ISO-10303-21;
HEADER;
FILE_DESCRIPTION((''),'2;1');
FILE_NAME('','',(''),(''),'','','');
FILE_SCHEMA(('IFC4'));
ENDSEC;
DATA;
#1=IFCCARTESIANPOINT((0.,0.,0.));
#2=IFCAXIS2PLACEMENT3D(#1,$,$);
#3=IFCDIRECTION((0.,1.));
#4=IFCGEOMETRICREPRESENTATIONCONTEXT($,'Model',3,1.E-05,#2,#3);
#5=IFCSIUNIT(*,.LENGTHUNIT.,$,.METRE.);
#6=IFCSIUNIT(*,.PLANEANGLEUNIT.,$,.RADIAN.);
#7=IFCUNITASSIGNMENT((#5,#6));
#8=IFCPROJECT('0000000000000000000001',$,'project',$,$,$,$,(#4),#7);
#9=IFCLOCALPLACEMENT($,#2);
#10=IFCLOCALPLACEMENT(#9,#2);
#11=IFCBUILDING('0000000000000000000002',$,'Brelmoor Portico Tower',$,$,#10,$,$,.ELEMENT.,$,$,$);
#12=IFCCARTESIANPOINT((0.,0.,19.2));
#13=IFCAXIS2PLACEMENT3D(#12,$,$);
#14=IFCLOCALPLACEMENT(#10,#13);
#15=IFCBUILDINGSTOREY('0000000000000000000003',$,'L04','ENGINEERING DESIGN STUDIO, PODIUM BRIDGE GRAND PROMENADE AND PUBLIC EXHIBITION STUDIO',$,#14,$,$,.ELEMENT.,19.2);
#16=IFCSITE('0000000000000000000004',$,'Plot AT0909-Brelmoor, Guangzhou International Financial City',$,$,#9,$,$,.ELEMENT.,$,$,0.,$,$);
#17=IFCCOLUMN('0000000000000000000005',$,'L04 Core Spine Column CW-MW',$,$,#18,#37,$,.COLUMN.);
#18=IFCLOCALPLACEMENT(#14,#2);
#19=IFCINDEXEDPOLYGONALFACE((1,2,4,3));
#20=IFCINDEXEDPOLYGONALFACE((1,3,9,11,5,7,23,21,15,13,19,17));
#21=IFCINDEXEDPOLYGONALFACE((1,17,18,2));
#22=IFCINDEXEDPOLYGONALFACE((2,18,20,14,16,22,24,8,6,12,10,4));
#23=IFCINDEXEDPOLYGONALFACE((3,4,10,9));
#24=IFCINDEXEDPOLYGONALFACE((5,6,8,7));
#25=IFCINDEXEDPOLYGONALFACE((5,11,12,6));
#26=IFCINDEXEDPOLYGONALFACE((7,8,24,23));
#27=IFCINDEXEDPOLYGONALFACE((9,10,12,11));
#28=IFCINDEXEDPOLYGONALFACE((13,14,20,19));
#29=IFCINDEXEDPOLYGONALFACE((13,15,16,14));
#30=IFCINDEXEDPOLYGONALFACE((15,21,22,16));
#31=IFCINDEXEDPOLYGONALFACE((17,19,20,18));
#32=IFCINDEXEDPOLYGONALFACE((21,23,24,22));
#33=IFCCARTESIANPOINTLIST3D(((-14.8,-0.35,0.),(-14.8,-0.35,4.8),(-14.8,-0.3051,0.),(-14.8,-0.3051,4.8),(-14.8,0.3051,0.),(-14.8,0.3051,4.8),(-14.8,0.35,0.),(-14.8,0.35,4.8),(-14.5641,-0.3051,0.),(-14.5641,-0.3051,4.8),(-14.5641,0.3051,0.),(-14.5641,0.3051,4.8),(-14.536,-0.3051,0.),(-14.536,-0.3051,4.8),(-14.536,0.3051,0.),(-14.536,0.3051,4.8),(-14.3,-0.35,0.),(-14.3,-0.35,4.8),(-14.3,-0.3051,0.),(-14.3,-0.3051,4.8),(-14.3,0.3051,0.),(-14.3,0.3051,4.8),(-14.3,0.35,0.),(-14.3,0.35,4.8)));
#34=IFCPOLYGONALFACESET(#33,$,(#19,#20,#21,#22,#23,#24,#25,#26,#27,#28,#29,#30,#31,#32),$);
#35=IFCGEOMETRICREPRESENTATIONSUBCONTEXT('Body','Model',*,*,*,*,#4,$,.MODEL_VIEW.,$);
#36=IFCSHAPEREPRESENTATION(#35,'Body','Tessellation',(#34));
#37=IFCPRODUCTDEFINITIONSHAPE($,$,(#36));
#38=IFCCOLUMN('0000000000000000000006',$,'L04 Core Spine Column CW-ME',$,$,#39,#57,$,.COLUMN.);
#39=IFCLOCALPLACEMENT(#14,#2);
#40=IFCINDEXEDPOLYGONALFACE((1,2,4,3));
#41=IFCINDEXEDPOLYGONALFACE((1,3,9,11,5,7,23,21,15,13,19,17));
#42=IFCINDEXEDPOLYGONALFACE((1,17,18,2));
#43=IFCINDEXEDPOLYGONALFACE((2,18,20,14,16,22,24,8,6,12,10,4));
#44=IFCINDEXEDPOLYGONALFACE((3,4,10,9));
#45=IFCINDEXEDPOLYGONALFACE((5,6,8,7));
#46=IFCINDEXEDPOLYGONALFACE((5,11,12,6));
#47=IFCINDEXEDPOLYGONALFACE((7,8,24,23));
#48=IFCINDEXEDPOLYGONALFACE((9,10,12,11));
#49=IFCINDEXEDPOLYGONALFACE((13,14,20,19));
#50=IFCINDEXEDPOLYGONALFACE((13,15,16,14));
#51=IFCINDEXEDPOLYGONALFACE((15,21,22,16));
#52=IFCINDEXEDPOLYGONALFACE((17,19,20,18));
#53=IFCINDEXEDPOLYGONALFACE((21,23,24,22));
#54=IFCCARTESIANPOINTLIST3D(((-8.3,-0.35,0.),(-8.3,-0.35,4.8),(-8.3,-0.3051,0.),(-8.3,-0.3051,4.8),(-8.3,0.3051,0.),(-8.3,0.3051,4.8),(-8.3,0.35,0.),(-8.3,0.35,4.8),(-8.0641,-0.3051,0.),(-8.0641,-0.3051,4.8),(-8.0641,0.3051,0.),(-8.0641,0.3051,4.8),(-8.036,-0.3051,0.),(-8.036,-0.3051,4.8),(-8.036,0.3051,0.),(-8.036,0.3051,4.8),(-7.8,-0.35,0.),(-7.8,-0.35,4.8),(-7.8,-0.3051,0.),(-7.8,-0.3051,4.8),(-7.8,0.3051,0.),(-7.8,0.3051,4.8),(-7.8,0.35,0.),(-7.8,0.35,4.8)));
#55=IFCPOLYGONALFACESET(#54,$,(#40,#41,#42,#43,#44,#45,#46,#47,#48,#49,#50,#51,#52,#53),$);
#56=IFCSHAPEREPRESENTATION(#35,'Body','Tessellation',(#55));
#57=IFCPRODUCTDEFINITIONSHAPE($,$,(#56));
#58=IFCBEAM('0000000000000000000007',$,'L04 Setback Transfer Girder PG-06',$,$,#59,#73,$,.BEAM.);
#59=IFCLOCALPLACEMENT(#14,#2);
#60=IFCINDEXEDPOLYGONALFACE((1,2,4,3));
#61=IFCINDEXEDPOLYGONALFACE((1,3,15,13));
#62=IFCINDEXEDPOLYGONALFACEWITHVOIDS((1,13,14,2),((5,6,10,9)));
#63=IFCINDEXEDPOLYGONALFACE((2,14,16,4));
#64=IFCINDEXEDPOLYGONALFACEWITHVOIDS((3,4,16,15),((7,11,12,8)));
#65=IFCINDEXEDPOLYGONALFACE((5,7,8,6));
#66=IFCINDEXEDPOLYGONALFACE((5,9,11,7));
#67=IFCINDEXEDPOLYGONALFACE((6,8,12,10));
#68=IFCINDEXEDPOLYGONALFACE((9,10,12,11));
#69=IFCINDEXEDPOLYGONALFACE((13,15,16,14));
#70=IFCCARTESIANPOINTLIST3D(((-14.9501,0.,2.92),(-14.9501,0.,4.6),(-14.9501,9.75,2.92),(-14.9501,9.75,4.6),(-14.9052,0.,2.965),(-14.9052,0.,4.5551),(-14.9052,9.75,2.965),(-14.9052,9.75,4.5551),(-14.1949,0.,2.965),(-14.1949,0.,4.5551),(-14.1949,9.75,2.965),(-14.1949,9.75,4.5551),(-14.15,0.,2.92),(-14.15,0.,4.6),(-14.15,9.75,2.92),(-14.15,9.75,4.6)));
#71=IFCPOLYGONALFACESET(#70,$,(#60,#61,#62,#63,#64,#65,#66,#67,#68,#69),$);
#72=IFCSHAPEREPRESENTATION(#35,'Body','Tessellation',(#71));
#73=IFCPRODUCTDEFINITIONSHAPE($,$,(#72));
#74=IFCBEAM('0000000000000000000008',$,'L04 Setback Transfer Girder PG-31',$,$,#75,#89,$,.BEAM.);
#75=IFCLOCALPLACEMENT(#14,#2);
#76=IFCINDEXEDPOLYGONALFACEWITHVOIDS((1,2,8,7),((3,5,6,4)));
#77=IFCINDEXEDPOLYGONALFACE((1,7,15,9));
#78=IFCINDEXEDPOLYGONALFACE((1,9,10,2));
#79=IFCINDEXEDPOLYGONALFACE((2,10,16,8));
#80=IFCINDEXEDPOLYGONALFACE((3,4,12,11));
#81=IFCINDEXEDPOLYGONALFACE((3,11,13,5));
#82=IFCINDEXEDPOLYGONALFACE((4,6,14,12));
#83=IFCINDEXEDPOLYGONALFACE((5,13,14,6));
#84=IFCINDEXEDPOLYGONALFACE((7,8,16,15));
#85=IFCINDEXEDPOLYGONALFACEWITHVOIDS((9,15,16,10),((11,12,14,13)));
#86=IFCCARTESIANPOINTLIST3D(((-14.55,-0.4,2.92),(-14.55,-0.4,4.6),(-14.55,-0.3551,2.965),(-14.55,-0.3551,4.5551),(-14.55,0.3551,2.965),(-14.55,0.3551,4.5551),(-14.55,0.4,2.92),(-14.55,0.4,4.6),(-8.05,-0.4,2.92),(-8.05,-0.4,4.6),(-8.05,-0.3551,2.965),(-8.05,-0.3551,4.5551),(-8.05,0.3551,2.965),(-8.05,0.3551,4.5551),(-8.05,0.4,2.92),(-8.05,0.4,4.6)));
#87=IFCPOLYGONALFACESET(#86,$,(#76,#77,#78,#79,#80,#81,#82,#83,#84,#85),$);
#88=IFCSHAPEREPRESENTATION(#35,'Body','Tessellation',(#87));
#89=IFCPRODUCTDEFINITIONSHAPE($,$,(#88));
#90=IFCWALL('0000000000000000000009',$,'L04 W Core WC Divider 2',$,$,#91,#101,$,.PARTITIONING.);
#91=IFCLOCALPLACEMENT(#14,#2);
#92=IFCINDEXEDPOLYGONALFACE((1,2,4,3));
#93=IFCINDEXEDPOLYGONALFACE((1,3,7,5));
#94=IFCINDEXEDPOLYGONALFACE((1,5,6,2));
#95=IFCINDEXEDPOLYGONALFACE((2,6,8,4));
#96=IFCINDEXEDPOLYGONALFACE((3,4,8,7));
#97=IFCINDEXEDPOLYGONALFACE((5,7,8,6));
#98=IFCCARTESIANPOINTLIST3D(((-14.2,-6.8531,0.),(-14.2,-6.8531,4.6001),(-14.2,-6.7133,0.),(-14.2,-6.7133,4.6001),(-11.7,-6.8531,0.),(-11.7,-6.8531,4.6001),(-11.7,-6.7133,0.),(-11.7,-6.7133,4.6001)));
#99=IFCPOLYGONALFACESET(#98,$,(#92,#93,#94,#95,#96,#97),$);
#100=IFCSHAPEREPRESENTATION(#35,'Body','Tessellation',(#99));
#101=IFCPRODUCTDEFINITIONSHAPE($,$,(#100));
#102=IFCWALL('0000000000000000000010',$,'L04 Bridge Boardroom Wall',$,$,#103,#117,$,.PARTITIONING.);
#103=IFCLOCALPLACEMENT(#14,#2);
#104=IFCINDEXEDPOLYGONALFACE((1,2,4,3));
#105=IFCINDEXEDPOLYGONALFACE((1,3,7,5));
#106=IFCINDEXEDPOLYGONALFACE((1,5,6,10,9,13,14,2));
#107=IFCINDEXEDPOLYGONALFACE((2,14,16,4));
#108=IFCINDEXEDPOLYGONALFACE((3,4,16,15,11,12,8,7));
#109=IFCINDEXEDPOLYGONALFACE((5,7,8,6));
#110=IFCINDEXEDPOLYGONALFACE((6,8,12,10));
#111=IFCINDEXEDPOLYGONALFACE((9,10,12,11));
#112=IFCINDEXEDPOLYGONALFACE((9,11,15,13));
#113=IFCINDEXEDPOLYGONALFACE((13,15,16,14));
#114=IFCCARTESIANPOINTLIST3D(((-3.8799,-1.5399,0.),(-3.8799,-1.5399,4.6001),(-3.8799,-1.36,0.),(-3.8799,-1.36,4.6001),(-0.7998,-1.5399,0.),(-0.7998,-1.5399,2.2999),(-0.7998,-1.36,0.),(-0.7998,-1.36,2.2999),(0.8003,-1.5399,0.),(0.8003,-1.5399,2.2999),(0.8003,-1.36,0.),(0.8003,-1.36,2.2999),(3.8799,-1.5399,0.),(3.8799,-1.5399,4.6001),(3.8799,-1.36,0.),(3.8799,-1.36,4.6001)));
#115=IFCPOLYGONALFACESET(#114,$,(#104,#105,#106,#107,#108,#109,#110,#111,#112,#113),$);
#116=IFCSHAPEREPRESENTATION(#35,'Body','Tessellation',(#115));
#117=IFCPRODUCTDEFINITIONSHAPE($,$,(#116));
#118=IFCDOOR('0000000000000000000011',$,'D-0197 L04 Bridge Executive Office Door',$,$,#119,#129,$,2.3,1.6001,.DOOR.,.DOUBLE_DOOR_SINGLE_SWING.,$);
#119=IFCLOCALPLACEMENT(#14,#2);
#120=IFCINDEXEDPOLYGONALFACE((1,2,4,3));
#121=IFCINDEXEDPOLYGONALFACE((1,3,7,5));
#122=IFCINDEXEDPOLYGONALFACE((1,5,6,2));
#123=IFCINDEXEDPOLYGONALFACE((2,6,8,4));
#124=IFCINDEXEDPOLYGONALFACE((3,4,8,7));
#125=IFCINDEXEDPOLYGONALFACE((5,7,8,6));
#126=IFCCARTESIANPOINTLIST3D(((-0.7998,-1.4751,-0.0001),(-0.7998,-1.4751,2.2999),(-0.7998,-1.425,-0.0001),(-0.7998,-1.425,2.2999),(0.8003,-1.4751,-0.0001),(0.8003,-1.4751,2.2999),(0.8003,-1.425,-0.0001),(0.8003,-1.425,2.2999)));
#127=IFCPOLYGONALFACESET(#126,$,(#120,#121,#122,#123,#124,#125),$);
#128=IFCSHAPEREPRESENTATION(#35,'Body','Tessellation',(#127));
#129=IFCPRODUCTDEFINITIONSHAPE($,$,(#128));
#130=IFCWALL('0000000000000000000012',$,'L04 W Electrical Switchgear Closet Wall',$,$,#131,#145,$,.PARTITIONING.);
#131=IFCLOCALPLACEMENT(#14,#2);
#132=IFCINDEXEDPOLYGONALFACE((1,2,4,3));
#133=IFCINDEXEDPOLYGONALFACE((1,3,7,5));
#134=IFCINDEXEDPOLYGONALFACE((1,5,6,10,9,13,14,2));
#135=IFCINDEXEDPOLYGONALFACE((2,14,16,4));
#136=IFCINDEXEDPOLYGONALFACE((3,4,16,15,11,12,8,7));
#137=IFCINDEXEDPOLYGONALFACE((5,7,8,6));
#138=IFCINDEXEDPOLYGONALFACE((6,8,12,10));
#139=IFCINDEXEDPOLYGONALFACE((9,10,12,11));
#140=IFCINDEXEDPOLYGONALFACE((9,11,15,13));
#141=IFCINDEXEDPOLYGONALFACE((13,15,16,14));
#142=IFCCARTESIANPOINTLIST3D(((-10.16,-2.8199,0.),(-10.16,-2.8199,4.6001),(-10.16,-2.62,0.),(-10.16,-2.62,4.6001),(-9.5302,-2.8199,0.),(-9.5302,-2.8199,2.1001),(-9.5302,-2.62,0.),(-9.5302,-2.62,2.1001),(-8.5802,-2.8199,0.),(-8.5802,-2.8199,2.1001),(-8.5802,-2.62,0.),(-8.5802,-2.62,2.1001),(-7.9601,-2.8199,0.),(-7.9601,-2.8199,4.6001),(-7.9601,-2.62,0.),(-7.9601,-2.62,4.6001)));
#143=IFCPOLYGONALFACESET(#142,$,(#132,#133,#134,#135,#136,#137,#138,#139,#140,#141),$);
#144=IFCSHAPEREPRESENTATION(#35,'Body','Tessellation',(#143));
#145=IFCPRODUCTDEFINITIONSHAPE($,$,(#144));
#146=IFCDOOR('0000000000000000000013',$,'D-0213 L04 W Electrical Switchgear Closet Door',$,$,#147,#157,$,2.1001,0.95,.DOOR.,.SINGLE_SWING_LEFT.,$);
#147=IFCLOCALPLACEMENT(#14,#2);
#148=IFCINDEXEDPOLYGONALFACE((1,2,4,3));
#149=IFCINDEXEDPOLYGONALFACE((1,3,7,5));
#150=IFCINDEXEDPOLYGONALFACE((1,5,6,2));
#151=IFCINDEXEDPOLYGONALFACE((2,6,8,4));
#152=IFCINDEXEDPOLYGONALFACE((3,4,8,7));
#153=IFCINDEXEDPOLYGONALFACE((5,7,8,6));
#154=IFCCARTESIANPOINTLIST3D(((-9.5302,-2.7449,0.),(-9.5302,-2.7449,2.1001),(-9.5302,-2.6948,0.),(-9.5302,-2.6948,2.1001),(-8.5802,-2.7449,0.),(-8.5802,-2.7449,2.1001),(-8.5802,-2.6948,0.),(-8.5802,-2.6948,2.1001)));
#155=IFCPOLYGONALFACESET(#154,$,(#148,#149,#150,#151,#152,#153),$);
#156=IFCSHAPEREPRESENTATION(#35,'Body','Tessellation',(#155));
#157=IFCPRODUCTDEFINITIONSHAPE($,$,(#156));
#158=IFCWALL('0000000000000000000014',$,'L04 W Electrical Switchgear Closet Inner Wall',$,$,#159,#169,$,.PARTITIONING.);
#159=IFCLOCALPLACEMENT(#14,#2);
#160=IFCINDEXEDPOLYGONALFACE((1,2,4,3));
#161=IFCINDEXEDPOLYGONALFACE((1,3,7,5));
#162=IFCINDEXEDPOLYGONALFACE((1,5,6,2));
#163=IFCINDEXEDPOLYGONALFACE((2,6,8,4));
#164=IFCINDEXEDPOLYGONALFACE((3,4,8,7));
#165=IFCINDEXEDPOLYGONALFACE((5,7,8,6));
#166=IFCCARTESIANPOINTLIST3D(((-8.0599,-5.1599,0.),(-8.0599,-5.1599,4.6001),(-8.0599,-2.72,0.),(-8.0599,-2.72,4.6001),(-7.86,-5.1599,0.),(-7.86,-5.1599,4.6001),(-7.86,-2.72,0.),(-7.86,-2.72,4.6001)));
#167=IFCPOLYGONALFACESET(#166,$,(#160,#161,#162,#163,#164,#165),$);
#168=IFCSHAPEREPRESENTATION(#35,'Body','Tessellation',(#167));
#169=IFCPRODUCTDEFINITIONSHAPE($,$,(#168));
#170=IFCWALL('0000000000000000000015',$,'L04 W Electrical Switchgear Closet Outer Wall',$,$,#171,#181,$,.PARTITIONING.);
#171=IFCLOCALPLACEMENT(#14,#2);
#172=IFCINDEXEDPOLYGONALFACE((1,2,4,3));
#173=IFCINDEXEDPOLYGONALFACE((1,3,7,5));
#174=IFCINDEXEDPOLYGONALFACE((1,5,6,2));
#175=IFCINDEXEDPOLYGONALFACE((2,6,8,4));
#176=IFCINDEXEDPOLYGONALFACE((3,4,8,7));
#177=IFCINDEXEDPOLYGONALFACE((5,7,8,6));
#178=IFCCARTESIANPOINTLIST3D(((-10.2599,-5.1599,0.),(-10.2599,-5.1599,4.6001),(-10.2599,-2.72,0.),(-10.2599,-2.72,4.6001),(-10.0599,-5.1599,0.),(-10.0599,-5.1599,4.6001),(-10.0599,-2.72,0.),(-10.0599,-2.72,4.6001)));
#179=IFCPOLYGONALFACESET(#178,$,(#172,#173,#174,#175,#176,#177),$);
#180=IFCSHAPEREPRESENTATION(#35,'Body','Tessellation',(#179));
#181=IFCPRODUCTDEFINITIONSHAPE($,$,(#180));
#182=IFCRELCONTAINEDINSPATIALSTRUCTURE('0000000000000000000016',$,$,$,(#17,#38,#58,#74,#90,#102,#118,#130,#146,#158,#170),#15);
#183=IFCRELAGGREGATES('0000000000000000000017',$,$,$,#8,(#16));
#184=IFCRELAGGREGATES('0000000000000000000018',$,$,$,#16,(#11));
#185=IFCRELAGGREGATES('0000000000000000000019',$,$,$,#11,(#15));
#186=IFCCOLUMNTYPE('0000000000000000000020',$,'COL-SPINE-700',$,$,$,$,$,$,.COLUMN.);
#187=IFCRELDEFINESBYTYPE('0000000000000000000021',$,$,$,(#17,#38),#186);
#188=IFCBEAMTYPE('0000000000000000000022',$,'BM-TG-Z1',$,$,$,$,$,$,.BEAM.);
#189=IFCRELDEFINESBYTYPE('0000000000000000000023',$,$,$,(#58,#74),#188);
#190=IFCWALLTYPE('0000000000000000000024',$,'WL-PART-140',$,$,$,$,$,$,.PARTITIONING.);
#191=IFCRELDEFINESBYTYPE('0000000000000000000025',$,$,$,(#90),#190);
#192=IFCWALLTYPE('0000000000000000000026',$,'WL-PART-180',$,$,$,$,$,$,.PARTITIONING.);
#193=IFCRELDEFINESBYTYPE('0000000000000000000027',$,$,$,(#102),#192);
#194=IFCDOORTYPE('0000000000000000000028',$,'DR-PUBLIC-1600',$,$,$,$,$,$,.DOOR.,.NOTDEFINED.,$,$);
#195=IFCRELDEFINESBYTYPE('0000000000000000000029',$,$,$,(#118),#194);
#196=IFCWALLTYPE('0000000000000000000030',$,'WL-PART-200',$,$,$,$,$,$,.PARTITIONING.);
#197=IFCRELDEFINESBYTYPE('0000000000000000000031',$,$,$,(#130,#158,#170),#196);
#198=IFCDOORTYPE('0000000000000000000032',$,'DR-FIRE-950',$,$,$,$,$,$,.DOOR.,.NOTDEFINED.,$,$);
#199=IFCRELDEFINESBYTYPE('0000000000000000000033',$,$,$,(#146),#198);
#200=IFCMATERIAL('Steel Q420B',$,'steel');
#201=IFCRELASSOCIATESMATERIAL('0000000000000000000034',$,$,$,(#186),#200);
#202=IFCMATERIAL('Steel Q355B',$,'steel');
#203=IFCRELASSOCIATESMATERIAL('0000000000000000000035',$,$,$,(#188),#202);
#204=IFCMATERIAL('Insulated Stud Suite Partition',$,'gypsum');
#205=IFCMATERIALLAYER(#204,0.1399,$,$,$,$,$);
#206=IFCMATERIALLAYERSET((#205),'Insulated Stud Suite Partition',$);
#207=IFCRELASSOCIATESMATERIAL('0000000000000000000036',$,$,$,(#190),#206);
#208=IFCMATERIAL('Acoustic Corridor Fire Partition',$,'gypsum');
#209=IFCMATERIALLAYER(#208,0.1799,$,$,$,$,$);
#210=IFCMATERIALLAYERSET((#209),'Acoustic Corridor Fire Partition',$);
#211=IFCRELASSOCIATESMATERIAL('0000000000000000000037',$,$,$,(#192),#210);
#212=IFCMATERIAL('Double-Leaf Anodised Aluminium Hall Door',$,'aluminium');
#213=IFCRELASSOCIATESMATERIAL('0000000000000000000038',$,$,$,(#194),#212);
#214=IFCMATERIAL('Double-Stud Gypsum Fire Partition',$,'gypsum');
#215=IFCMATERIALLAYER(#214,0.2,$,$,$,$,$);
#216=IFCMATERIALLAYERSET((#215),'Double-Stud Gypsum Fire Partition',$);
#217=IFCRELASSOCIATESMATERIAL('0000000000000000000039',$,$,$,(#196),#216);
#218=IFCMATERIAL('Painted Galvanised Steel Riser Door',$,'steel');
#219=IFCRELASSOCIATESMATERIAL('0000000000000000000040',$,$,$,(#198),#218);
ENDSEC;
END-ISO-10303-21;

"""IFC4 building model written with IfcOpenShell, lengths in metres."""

from ifc_helpers import new_model, si_unit, direction, frame, frame_2d, origin, origin_2d, place, context, subcontext, project, spatial, rectangle, hollow_rectangle, i_section, extrude, material, layer, layer_set, material_profile, profile_set, type_object, element, fill, save


model = new_model("IFC4")

# Units and contexts
model_context = context("Model", 3, precision=1e-05, world=origin(), true_north=direction((0.0, 1.0)))
body_context = subcontext(model_context, "Body", "Model", "MODEL_VIEW")
ifc_project = project(units=[si_unit("LENGTHUNIT", "METRE"), si_unit("PLANEANGLEUNIT", "RADIAN")], contexts=[model_context])

# Site, building, storey
site_placement = place(None, origin())
site = spatial("IfcSite", under=ifc_project, at=site_placement, Name="Plot AT0909-Brelmoor, Guangzhou International Financial City", CompositionType="ELEMENT", RefElevation=0.0)
building_placement = place(site_placement, origin())
building = spatial("IfcBuilding", under=site, at=building_placement, Name="Brelmoor Portico Tower", CompositionType="ELEMENT")
storey_placement = place(building_placement, frame((0.0, 0.0, 19.2)))
storey = spatial("IfcBuildingStorey", under=building, at=storey_placement, Name="L04", Description="ENGINEERING DESIGN STUDIO, PODIUM BRIDGE GRAND PROMENADE AND PUBLIC EXHIBITION STUDIO", CompositionType="ELEMENT", Elevation=19.2)

# Columns
ifc_material_1 = material(Name="Steel Q420B", Category="steel")
ifc_material_profile_1 = material_profile(ifc_material_1, i_section(OverallWidth=0.5, OverallDepth=0.7, WebThickness=0.0281, FlangeThickness=0.0449, at=origin_2d()), Name="HW 700x500x28x45")
ifc_profile_set_1 = profile_set([ifc_material_profile_1], Name="Steel Q420B")
column_type = type_object("IfcColumnType", Name="COL-SPINE-700", PredefinedType="COLUMN", material=ifc_profile_set_1)
for number, where, z_axis, x_axis, name in (
    (1, (-14.55, 0.0, 0.0), (0.0, 0.0, 1.0), (1.0, 0.0, 0.0), "L04 Core Spine Column CW-MW"),
    (2, (-8.05, 0.0, 0.0), (0.0, 0.0, 1.0), (1.0, 0.0, 0.0), "L04 Core Spine Column CW-ME"),
):
    element("IfcColumn", number, at=place(storey_placement, frame(where, z_axis=z_axis, x_axis=x_axis)), inside=storey, type_object=column_type, Name=name, PredefinedType="COLUMN", context=body_context, shape_type="SweptSolid", body=[
        extrude(i_section(OverallWidth=0.5, OverallDepth=0.7, WebThickness=0.0281, FlangeThickness=0.0449, at=origin_2d()), origin(), (0.0, 0.0, 1.0), 4.8),
    ])

# Beams
ifc_material_2 = material(Name="Steel Q355B", Category="steel")
ifc_material_profile_2 = material_profile(ifc_material_2, hollow_rectangle(XDim=0.8, YDim=1.6799, WallThickness=0.0449, at=origin_2d()), Name="BOX 800x1680x45")
ifc_profile_set_2 = profile_set([ifc_material_profile_2], Name="Steel Q355B")
beam_type = type_object("IfcBeamType", Name="BM-TG-Z1", PredefinedType="BEAM", material=ifc_profile_set_2)
beam_1_placement = place(storey_placement, frame((-14.55, 0.0, 3.76), z_axis=(0.0, 1.0, 0.0), x_axis=(-1.0, 0.0, 0.0)))
element("IfcBeam", 3, at=beam_1_placement, inside=storey, type_object=beam_type, Name="L04 Setback Transfer Girder PG-06", PredefinedType="BEAM", context=body_context, shape_type="SweptSolid", body=[
    extrude(hollow_rectangle(XDim=0.8, YDim=1.6799, WallThickness=0.0449, at=origin_2d()), origin(), (0.0, 0.0, 1.0), 9.75),
])
beam_2_placement = place(storey_placement, frame((-14.55, 0.0, 3.76), z_axis=(1.0, 0.0, 0.0), x_axis=(0.0, 1.0, 0.0)))
element("IfcBeam", 4, at=beam_2_placement, inside=storey, type_object=beam_type, Name="L04 Setback Transfer Girder PG-31", PredefinedType="BEAM", context=body_context, shape_type="SweptSolid", body=[
    extrude(hollow_rectangle(XDim=0.8, YDim=1.6799, WallThickness=0.0449, at=origin_2d()), origin(), (0.0, 0.0, 1.0), 6.5),
])

# Wall
ifc_material_3 = material(Name="Insulated Stud Suite Partition", Category="gypsum")
ifc_layer_1 = layer(ifc_material_3, 0.1399)
ifc_layer_set_1 = layer_set([ifc_layer_1], Name="Insulated Stud Suite Partition")
wall_type_1 = type_object("IfcWallType", Name="WL-PART-140", PredefinedType="PARTITIONING", material=ifc_layer_set_1)
wall_1_placement = place(storey_placement, frame((-11.7, -6.7832, 0.0), z_axis=(0.0, 0.0, 1.0), x_axis=(-1.0, 0.0, 0.0)))
element("IfcWall", 5, at=wall_1_placement, inside=storey, type_object=wall_type_1, Name="L04 W Core WC Divider 2", PredefinedType="PARTITIONING", context=body_context, shape_type="SweptSolid", body=[
    extrude(rectangle(XDim=2.5, YDim=0.1399, at=frame_2d((1.25, 0.0))), origin(), (0.0, 0.0, 1.0), 4.6001),
])

# Walls, openings, doors
ifc_material_4 = material(Name="Acoustic Corridor Fire Partition", Category="gypsum")
ifc_layer_2 = layer(ifc_material_4, 0.1799)
ifc_layer_set_2 = layer_set([ifc_layer_2], Name="Acoustic Corridor Fire Partition")
wall_type_2 = type_object("IfcWallType", Name="WL-PART-180", PredefinedType="PARTITIONING", material=ifc_layer_set_2)
wall_2_placement = place(storey_placement, frame((-3.8799, -1.45, 0.0), z_axis=(0.0, 0.0, 1.0), x_axis=(1.0, 0.0, 0.0)))
wall_2 = element("IfcWall", 6, at=wall_2_placement, inside=storey, type_object=wall_type_2, Name="L04 Bridge Boardroom Wall", PredefinedType="PARTITIONING", context=body_context, shape_type="SweptSolid", body=[
    extrude(rectangle(XDim=7.7598, YDim=0.1799, at=frame_2d((3.8799, 0.0))), origin(), (0.0, 0.0, 1.0), 4.6001),
])
opening_1_placement = place(wall_2_placement, frame((3.0801, 0.0, 0.0)))
opening_1 = element("IfcOpeningElement", 7, at=opening_1_placement, cuts=wall_2, PredefinedType="OPENING", context=body_context, shape_type="SweptSolid", body=[
    extrude(rectangle(XDim=1.6001, YDim=2.3, at=frame_2d((0.8, 1.1499))), frame((0.0, 0.0999, 0.0), z_axis=(0.0, -1.0, 0.0), x_axis=(1.0, 0.0, 0.0)), (0.0, 0.0, 1.0), 0.2),
])
ifc_material_5 = material(Name="Double-Leaf Anodised Aluminium Hall Door", Category="aluminium")
door_type_1 = type_object("IfcDoorType", Name="DR-PUBLIC-1600", OperationType="NOTDEFINED", PredefinedType="DOOR", material=ifc_material_5)
door_1_placement = place(opening_1_placement, origin())
door_1 = element("IfcDoor", 8, at=door_1_placement, inside=storey, type_object=door_type_1, Name="D-0197 L04 Bridge Executive Office Door", OperationType="DOUBLE_DOOR_SINGLE_SWING", OverallHeight=2.3, OverallWidth=1.6001, PredefinedType="DOOR", context=body_context, shape_type="SweptSolid", body=[
    extrude(rectangle(XDim=1.6001, YDim=2.3, at=frame_2d((0.8, 1.1499))), frame((0.0, 0.0249, 0.0), z_axis=(0.0, -1.0, 0.0), x_axis=(1.0, 0.0, 0.0)), (0.0, 0.0, 1.0), 0.05),
])
fill(opening_1, door_1)
ifc_material_6 = material(Name="Double-Stud Gypsum Fire Partition", Category="gypsum")
ifc_layer_3 = layer(ifc_material_6, 0.2)
ifc_layer_set_3 = layer_set([ifc_layer_3], Name="Double-Stud Gypsum Fire Partition")
wall_type_3 = type_object("IfcWallType", Name="WL-PART-200", PredefinedType="PARTITIONING", material=ifc_layer_set_3)
wall_3_placement = place(storey_placement, frame((-7.96, -2.72, 0.0), z_axis=(0.0, 0.0, 1.0), x_axis=(-1.0, 0.0, 0.0)))
wall_3 = element("IfcWall", 9, at=wall_3_placement, inside=storey, type_object=wall_type_3, Name="L04 W Electrical Switchgear Closet Wall", PredefinedType="PARTITIONING", context=body_context, shape_type="SweptSolid", body=[
    extrude(rectangle(XDim=2.2, YDim=0.2, at=frame_2d((1.1001, 0.0))), origin(), (0.0, 0.0, 1.0), 4.6001),
])
opening_2_placement = place(wall_3_placement, frame((0.6201, 0.0, 0.0)))
opening_2 = element("IfcOpeningElement", 10, at=opening_2_placement, cuts=wall_3, PredefinedType="OPENING", context=body_context, shape_type="SweptSolid", body=[
    extrude(rectangle(XDim=0.95, YDim=2.1001, at=frame_2d((0.4751, 1.05))), frame((0.0, 0.1099, 0.0), z_axis=(0.0, -1.0, 0.0), x_axis=(1.0, 0.0, 0.0)), (0.0, 0.0, 1.0), 0.22),
])
ifc_material_7 = material(Name="Painted Galvanised Steel Riser Door", Category="steel")
door_type_2 = type_object("IfcDoorType", Name="DR-FIRE-950", OperationType="NOTDEFINED", PredefinedType="DOOR", material=ifc_material_7)
door_2_placement = place(opening_2_placement, origin())
door_2 = element("IfcDoor", 11, at=door_2_placement, inside=storey, type_object=door_type_2, Name="D-0213 L04 W Electrical Switchgear Closet Door", OperationType="SINGLE_SWING_LEFT", OverallHeight=2.1001, OverallWidth=0.95, PredefinedType="DOOR", context=body_context, shape_type="SweptSolid", body=[
    extrude(rectangle(XDim=0.95, YDim=2.1001, at=frame_2d((0.4751, 1.05))), frame((0.0, 0.0249, 0.0), z_axis=(0.0, -1.0, 0.0), x_axis=(1.0, 0.0, 0.0)), (0.0, 0.0, 1.0), 0.05),
])
fill(opening_2, door_2)

# Walls
for number, where, z_axis, x_axis, name in (
    (12, (-7.96, -5.1599, 0.0), (0.0, 0.0, 1.0), (0.0, 1.0, 0.0), "L04 W Electrical Switchgear Closet Inner Wall"),
    (13, (-10.1599, -5.1599, 0.0), (0.0, 0.0, 1.0), (0.0, 1.0, 0.0), "L04 W Electrical Switchgear Closet Outer Wall"),
):
    element("IfcWall", number, at=place(storey_placement, frame(where, z_axis=z_axis, x_axis=x_axis)), inside=storey, type_object=wall_type_3, Name=name, PredefinedType="PARTITIONING", context=body_context, shape_type="SweptSolid", body=[
        extrude(rectangle(XDim=2.4399, YDim=0.2, at=frame_2d((1.22, 0.0))), origin(), (0.0, 0.0, 1.0), 4.6001),
    ])

save(model, "model.ifc")
